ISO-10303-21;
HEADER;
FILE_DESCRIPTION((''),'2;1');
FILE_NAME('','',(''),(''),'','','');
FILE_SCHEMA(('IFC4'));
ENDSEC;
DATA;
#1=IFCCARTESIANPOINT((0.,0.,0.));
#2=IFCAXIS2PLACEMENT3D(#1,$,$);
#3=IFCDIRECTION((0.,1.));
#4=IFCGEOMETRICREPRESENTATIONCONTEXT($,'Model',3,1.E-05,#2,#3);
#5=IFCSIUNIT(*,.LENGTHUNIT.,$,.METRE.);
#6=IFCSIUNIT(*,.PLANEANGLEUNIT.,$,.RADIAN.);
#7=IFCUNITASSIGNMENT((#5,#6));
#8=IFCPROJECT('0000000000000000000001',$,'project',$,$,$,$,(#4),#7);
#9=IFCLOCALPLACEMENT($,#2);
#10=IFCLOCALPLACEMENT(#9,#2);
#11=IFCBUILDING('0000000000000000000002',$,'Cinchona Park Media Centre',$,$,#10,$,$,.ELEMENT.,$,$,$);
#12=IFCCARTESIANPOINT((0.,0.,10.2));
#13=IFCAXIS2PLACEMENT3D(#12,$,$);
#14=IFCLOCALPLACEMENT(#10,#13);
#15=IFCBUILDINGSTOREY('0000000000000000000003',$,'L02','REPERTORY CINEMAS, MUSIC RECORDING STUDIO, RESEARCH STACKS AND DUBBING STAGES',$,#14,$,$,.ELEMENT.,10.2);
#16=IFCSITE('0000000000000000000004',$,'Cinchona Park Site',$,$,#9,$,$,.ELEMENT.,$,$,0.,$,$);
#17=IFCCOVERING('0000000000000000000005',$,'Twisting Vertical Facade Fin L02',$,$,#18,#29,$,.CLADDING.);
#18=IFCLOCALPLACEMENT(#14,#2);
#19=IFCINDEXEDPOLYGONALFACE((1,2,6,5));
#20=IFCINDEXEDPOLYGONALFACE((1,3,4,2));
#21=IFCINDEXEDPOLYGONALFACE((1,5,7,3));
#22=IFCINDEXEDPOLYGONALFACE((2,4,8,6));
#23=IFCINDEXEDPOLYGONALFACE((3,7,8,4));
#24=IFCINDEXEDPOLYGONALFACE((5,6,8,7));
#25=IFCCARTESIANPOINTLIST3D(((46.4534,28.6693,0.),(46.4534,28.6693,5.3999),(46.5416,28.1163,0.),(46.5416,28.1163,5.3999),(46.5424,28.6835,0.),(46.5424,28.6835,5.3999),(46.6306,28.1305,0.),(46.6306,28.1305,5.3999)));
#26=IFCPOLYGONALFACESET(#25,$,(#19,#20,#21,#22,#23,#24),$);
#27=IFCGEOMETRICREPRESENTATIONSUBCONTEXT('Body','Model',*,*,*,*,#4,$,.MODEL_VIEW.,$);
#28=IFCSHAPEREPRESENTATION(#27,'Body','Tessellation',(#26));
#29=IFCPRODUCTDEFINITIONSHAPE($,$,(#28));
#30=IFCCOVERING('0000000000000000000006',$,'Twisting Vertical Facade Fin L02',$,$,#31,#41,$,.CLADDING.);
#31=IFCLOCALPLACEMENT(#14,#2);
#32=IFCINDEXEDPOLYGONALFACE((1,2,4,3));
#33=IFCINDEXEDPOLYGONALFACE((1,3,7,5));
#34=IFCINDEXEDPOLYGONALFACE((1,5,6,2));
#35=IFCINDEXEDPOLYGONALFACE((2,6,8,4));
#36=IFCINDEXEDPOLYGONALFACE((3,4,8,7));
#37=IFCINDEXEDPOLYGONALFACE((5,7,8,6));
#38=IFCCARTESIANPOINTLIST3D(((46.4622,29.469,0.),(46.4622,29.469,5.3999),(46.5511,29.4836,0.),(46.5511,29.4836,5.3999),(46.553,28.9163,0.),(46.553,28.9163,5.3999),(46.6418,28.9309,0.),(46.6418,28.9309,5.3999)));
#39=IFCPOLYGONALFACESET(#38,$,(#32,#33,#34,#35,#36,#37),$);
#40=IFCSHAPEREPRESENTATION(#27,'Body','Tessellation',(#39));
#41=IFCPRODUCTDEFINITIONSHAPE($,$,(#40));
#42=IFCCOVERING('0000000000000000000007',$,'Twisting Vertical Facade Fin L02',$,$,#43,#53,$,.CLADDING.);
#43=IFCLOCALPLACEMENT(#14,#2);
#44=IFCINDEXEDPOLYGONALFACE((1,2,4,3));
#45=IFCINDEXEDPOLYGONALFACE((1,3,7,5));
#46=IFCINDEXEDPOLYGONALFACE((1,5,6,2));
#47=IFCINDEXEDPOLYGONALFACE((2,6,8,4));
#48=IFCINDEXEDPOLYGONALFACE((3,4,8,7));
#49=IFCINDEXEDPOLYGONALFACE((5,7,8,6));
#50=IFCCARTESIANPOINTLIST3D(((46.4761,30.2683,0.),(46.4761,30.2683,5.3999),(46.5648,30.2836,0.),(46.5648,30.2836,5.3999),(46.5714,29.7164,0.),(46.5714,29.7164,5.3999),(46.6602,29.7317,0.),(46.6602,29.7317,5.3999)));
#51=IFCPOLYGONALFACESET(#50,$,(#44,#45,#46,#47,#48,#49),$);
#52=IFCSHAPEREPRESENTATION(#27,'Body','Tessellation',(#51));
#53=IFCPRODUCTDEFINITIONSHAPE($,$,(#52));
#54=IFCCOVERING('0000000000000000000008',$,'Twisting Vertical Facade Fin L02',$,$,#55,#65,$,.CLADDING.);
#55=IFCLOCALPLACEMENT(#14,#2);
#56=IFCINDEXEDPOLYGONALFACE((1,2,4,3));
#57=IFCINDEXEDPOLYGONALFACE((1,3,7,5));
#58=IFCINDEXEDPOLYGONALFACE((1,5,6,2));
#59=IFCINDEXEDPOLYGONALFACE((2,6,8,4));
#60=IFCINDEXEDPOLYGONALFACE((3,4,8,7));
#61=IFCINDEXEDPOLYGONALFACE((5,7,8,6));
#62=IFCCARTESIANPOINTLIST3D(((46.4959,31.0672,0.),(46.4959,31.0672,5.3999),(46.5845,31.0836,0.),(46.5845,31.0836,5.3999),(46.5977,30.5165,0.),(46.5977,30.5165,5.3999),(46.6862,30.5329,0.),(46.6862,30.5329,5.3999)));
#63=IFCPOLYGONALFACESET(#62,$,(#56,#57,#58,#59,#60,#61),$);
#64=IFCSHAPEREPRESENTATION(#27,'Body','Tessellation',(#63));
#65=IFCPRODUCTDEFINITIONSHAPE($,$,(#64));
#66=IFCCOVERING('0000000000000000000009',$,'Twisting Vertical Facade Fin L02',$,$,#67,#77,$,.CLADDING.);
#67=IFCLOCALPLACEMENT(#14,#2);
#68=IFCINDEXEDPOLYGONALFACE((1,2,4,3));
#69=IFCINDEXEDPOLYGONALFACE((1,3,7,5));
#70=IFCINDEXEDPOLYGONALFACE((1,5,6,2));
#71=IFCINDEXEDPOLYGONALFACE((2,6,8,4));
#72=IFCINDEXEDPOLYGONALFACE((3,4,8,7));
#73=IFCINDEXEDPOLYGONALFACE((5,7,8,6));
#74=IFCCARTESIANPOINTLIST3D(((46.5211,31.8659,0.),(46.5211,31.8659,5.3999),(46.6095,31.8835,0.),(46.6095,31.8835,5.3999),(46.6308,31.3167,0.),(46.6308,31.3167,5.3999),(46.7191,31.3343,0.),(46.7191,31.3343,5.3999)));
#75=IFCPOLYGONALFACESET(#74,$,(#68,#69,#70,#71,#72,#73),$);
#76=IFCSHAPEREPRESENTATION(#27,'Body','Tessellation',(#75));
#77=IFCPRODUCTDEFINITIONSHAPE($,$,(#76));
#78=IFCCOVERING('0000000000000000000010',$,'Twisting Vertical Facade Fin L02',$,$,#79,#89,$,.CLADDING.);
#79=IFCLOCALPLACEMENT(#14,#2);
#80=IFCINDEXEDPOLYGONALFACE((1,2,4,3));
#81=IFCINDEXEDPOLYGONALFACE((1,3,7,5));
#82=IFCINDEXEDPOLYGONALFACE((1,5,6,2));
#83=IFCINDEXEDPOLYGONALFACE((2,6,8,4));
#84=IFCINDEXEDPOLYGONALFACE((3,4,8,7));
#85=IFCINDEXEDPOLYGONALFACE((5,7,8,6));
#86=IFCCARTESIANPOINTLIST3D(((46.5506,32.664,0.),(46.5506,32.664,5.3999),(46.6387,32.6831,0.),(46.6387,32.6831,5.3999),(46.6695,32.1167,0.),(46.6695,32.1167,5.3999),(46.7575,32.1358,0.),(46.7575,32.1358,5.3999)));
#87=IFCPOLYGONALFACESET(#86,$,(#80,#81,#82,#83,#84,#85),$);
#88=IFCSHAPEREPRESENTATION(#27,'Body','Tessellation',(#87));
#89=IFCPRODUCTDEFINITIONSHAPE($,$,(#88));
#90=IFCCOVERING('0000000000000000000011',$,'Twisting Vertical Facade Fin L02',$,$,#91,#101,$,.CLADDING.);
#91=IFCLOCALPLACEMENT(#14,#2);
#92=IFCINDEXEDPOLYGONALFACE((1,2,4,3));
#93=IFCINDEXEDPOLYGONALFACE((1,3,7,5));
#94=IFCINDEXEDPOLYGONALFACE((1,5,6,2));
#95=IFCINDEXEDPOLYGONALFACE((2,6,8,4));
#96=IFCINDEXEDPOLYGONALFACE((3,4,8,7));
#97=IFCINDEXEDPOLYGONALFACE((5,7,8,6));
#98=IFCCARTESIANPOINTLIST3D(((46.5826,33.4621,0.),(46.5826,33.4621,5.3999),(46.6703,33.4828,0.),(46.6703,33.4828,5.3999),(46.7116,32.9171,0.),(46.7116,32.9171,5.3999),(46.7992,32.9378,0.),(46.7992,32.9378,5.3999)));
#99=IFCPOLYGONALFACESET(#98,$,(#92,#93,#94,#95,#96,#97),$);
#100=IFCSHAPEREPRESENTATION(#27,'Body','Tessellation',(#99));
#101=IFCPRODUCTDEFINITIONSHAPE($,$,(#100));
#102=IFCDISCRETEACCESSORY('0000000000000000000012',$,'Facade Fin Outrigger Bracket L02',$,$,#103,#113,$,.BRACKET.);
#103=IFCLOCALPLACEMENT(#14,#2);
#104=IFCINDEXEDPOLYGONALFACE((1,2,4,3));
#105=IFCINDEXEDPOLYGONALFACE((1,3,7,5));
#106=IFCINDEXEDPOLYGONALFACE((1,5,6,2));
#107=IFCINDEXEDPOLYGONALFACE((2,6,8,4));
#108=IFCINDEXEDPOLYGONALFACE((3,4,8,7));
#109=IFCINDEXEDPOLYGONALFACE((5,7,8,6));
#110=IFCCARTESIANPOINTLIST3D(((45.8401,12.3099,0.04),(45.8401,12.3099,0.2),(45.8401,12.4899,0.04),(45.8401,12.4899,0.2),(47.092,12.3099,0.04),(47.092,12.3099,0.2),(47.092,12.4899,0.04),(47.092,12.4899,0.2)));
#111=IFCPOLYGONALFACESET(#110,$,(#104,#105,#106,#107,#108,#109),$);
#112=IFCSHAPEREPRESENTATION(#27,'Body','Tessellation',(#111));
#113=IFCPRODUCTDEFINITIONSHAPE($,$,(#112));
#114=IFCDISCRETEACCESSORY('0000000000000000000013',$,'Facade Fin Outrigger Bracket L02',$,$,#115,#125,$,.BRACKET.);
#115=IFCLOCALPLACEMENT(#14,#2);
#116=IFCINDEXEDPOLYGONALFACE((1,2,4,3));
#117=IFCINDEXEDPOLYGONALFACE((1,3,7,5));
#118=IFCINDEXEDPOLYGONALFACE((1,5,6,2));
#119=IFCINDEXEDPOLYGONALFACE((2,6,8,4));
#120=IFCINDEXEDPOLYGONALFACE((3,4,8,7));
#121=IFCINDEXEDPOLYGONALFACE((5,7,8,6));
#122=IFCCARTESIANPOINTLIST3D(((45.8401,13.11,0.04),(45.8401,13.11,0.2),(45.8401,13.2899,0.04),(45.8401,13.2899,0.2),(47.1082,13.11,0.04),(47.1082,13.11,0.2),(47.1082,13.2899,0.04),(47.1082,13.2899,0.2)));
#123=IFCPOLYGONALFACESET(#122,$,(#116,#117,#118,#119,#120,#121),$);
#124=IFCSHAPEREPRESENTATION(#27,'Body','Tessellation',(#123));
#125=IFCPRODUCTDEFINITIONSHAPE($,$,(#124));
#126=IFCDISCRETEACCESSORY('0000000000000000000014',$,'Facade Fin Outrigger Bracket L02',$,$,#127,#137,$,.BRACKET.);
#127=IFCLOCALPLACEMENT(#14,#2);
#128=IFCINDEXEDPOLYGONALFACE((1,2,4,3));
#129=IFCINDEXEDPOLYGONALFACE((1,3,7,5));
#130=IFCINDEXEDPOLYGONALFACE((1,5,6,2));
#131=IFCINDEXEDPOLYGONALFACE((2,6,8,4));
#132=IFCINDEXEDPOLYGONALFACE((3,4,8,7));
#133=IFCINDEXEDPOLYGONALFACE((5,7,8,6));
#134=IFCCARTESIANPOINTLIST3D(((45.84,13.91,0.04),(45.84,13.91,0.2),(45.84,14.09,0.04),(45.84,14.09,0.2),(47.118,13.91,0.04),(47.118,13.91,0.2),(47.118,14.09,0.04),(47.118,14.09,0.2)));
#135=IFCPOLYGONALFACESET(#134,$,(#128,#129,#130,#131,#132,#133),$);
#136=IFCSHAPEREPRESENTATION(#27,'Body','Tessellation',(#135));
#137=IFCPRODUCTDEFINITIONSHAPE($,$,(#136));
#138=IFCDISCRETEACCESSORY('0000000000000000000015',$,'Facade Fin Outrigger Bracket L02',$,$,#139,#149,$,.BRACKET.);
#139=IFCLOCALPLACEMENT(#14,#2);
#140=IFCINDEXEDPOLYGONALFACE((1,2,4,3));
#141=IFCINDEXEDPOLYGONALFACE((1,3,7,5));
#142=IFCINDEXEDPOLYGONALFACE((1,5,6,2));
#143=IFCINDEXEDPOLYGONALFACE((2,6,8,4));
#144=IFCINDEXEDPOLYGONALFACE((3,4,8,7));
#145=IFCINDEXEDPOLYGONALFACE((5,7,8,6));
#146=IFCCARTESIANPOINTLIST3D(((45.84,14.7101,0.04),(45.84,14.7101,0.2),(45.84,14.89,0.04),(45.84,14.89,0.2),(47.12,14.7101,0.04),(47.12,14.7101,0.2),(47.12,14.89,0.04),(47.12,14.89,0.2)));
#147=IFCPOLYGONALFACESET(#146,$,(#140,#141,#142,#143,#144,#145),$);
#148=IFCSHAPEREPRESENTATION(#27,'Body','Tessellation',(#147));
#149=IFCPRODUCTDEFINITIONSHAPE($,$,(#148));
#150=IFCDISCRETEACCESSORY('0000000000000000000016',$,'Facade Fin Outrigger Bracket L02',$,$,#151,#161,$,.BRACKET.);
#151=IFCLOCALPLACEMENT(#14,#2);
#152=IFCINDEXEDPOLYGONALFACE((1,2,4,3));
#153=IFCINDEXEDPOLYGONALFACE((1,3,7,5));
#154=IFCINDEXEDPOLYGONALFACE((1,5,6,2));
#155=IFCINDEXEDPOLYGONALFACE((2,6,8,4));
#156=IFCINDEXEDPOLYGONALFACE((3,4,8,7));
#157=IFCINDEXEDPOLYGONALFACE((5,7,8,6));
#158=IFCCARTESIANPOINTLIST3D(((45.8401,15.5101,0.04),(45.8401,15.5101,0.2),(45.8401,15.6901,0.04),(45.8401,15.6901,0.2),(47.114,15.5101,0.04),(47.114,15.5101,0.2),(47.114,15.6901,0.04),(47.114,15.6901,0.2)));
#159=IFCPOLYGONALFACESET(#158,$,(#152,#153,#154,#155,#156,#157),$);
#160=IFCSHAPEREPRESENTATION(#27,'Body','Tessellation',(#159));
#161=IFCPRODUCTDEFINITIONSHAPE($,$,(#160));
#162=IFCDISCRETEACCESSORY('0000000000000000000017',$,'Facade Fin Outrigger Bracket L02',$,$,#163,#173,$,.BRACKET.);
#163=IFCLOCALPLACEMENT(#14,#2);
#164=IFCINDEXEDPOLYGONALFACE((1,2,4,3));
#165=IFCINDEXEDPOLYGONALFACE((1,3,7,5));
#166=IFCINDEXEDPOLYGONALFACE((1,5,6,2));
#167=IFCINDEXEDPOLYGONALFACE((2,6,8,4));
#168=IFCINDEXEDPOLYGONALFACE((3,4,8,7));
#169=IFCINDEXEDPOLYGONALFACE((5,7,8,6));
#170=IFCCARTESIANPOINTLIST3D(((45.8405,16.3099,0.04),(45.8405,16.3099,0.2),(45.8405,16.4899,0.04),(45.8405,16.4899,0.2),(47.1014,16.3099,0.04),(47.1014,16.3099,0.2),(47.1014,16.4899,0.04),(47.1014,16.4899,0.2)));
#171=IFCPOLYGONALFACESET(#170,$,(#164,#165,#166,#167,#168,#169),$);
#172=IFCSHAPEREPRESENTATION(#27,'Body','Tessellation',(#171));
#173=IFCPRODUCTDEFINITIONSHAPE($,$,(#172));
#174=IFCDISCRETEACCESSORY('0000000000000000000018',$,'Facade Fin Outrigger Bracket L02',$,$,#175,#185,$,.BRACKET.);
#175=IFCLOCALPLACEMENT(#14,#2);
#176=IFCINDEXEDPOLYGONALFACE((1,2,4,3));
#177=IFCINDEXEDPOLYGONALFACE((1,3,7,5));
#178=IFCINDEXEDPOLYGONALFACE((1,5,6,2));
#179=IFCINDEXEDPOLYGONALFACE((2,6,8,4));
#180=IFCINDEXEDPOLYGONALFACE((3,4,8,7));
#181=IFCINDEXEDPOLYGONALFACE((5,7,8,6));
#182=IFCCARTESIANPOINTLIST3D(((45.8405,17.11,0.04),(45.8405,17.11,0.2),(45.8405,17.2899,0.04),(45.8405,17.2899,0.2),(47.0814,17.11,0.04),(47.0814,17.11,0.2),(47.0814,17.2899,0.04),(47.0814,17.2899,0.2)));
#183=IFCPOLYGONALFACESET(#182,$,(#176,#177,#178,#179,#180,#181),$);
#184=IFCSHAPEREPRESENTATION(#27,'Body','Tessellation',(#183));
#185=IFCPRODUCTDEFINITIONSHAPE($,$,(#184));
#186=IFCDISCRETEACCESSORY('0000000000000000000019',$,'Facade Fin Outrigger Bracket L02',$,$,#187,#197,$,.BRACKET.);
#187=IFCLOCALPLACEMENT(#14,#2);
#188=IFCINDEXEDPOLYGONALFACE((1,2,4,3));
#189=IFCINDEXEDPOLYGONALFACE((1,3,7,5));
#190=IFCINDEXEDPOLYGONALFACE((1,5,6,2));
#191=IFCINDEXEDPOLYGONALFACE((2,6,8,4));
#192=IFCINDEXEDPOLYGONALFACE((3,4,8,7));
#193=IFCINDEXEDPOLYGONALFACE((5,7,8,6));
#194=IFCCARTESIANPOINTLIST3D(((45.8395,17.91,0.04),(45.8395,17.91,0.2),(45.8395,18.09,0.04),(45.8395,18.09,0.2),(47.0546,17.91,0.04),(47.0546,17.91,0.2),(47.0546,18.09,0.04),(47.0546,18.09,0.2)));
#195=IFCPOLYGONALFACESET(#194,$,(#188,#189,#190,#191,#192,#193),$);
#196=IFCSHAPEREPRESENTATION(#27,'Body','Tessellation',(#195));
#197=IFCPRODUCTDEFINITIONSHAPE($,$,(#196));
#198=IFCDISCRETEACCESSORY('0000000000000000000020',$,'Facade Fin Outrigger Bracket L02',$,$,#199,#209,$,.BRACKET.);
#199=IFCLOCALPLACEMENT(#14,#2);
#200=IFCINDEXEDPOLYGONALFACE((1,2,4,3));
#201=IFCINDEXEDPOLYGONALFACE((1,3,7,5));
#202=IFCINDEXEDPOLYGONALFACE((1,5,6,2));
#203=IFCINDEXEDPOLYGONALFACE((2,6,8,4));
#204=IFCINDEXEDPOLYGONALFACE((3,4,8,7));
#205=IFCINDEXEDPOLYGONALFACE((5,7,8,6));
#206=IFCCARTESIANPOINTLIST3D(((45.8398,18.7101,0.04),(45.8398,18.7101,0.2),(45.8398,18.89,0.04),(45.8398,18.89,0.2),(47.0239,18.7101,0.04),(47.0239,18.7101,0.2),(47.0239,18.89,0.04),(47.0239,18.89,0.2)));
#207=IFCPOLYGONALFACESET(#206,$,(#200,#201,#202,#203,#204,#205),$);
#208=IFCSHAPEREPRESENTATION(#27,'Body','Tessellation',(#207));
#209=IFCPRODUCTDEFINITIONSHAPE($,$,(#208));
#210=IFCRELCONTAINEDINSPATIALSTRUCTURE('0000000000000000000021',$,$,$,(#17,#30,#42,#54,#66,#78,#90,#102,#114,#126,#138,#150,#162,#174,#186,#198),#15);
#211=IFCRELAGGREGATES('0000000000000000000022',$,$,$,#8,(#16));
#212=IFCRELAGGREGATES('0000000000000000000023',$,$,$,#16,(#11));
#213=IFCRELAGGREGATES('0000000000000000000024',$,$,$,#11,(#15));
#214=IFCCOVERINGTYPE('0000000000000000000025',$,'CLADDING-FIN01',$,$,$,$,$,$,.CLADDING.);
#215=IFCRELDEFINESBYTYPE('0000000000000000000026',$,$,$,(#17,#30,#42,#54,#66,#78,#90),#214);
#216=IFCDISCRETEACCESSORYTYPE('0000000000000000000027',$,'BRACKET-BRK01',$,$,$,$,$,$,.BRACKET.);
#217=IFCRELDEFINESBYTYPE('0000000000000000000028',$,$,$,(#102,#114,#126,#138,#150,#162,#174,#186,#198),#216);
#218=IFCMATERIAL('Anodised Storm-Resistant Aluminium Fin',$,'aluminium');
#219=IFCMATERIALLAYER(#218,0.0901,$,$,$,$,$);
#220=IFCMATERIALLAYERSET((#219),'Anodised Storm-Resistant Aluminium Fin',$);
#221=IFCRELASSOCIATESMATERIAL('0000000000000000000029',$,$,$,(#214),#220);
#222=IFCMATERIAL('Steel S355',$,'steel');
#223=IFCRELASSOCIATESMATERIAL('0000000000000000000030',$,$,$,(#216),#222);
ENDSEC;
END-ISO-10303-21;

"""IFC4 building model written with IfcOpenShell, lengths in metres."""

from ifc_helpers import new_model, si_unit, direction, frame, origin, origin_2d, place, context, subcontext, project, spatial, rectangle, extrude, material, layer, layer_set, type_object, element, save


model = new_model("IFC4")

# Units and contexts
model_context = context("Model", 3, precision=1e-05, world=origin(), true_north=direction((0.0, 1.0)))
body_context = subcontext(model_context, "Body", "Model", "MODEL_VIEW")
ifc_project = project(units=[si_unit("LENGTHUNIT", "METRE"), si_unit("PLANEANGLEUNIT", "RADIAN")], contexts=[model_context])

# Site, building, storey
site_placement = place(None, origin())
site = spatial("IfcSite", under=ifc_project, at=site_placement, Name="Cinchona Park Site", CompositionType="ELEMENT", RefElevation=0.0)
building_placement = place(site_placement, origin())
building = spatial("IfcBuilding", under=site, at=building_placement, Name="Cinchona Park Media Centre", CompositionType="ELEMENT")
storey_placement = place(building_placement, frame((0.0, 0.0, 10.2)))
storey = spatial("IfcBuildingStorey", under=building, at=storey_placement, Name="L02", Description="REPERTORY CINEMAS, MUSIC RECORDING STUDIO, RESEARCH STACKS AND DUBBING STAGES", CompositionType="ELEMENT", Elevation=10.2)

# Coverings
ifc_material_1 = material(Name="Anodised Storm-Resistant Aluminium Fin", Category="aluminium")
ifc_layer = layer(ifc_material_1, 0.0901)
ifc_layer_set = layer_set([ifc_layer], Name="Anodised Storm-Resistant Aluminium Fin")
covering_type = type_object("IfcCoveringType", Name="CLADDING-FIN01", PredefinedType="CLADDING", material=ifc_layer_set)
for number, where, z_axis, x_axis, name in (
    (1, (46.542, 28.3999, 0.0), (0.0, 0.0, 1.0), (-0.157469, 0.987524, 0.0), "Twisting Vertical Facade Fin L02"),
    (2, (46.552, 29.2, 0.0), (0.0, 0.0, 1.0), (-0.162121, 0.986771, 0.0), "Twisting Vertical Facade Fin L02"),
    (3, (46.5681, 30.0, 0.0), (0.0, 0.0, 1.0), (-0.170209, 0.985408, 0.0), "Twisting Vertical Facade Fin L02"),
    (4, (46.5911, 30.8, 0.0), (0.0, 0.0, 1.0), (-0.181721, 0.98335, 0.0), "Twisting Vertical Facade Fin L02"),
    (5, (46.6201, 31.6001, 0.0), (0.0, 0.0, 1.0), (-0.195775, 0.980649, 0.0), "Twisting Vertical Facade Fin L02"),
    (6, (46.6541, 32.3999, 0.0), (0.0, 0.0, 1.0), (-0.212178, 0.977231, 0.0), "Twisting Vertical Facade Fin L02"),
    (7, (46.6909, 33.2, 0.0), (0.0, 0.0, 1.0), (-0.23022, 0.973139, 0.0), "Twisting Vertical Facade Fin L02"),
):
    element("IfcCovering", number, at=place(storey_placement, frame(where, z_axis=z_axis, x_axis=x_axis)), inside=storey, type_object=covering_type, Name=name, PredefinedType="CLADDING", context=body_context, shape_type="SweptSolid", body=[
        extrude(rectangle(XDim=0.5601, YDim=0.0901, at=origin_2d()), origin(), (0.0, 0.0, 1.0), 5.3999),
    ])

# Discrete accessories
ifc_material_2 = material(Name="Steel S355", Category="steel")
discrete_accessory_type = type_object("IfcDiscreteAccessoryType", Name="BRACKET-BRK01", PredefinedType="BRACKET", material=ifc_material_2)
discrete_accessory_1_placement = place(storey_placement, frame((46.4661, 12.3999, 0.04), z_axis=(0.0, 0.0, 1.0), x_axis=(0.0, 1.0, 0.0)))
element("IfcDiscreteAccessory", 8, at=discrete_accessory_1_placement, inside=storey, type_object=discrete_accessory_type, Name="Facade Fin Outrigger Bracket L02", PredefinedType="BRACKET", context=body_context, shape_type="SweptSolid", body=[
    extrude(rectangle(XDim=0.1799, YDim=1.252, at=origin_2d()), origin(), (0.0, 0.0, 1.0), 0.1599),
])
discrete_accessory_2_placement = place(storey_placement, frame((46.4741, 13.2, 0.04), z_axis=(0.0, 0.0, 1.0), x_axis=(0.0, 1.0, 0.0)))
element("IfcDiscreteAccessory", 9, at=discrete_accessory_2_placement, inside=storey, type_object=discrete_accessory_type, Name="Facade Fin Outrigger Bracket L02", PredefinedType="BRACKET", context=body_context, shape_type="SweptSolid", body=[
    extrude(rectangle(XDim=0.1799, YDim=1.2681, at=origin_2d()), origin(), (0.0, 0.0, 1.0), 0.1599),
])
discrete_accessory_3_placement = place(storey_placement, frame((46.479, 14.0, 0.04), z_axis=(0.0, 0.0, 1.0), x_axis=(0.0, 1.0, 0.0)))
element("IfcDiscreteAccessory", 10, at=discrete_accessory_3_placement, inside=storey, type_object=discrete_accessory_type, Name="Facade Fin Outrigger Bracket L02", PredefinedType="BRACKET", context=body_context, shape_type="SweptSolid", body=[
    extrude(rectangle(XDim=0.1799, YDim=1.2781, at=origin_2d()), origin(), (0.0, 0.0, 1.0), 0.1599),
])
discrete_accessory_4_placement = place(storey_placement, frame((46.48, 14.8, 0.04), z_axis=(0.0, 0.0, 1.0), x_axis=(0.0, 1.0, 0.0)))
element("IfcDiscreteAccessory", 11, at=discrete_accessory_4_placement, inside=storey, type_object=discrete_accessory_type, Name="Facade Fin Outrigger Bracket L02", PredefinedType="BRACKET", context=body_context, shape_type="SweptSolid", body=[
    extrude(rectangle(XDim=0.1799, YDim=1.28, at=origin_2d()), origin(), (0.0, 0.0, 1.0), 0.1599),
])
discrete_accessory_5_placement = place(storey_placement, frame((46.4771, 15.6001, 0.04), z_axis=(0.0, 0.0, 1.0), x_axis=(0.0, 1.0, 0.0)))
element("IfcDiscreteAccessory", 12, at=discrete_accessory_5_placement, inside=storey, type_object=discrete_accessory_type, Name="Facade Fin Outrigger Bracket L02", PredefinedType="BRACKET", context=body_context, shape_type="SweptSolid", body=[
    extrude(rectangle(XDim=0.1799, YDim=1.2739, at=origin_2d()), origin(), (0.0, 0.0, 1.0), 0.1599),
])
discrete_accessory_6_placement = place(storey_placement, frame((46.4709, 16.3999, 0.04), z_axis=(0.0, 0.0, 1.0), x_axis=(0.0, 1.0, 0.0)))
element("IfcDiscreteAccessory", 13, at=discrete_accessory_6_placement, inside=storey, type_object=discrete_accessory_type, Name="Facade Fin Outrigger Bracket L02", PredefinedType="BRACKET", context=body_context, shape_type="SweptSolid", body=[
    extrude(rectangle(XDim=0.1799, YDim=1.261, at=origin_2d()), origin(), (0.0, 0.0, 1.0), 0.1599),
])
discrete_accessory_7_placement = place(storey_placement, frame((46.4609, 17.2, 0.04), z_axis=(0.0, 0.0, 1.0), x_axis=(0.0, 1.0, 0.0)))
element("IfcDiscreteAccessory", 14, at=discrete_accessory_7_placement, inside=storey, type_object=discrete_accessory_type, Name="Facade Fin Outrigger Bracket L02", PredefinedType="BRACKET", context=body_context, shape_type="SweptSolid", body=[
    extrude(rectangle(XDim=0.1799, YDim=1.241, at=origin_2d()), origin(), (0.0, 0.0, 1.0), 0.1599),
])
discrete_accessory_8_placement = place(storey_placement, frame((46.447, 18.0, 0.04), z_axis=(0.0, 0.0, 1.0), x_axis=(0.0, 1.0, 0.0)))
element("IfcDiscreteAccessory", 15, at=discrete_accessory_8_placement, inside=storey, type_object=discrete_accessory_type, Name="Facade Fin Outrigger Bracket L02", PredefinedType="BRACKET", context=body_context, shape_type="SweptSolid", body=[
    extrude(rectangle(XDim=0.1799, YDim=1.2151, at=origin_2d()), origin(), (0.0, 0.0, 1.0), 0.1599),
])
discrete_accessory_9_placement = place(storey_placement, frame((46.4319, 18.8, 0.04), z_axis=(0.0, 0.0, 1.0), x_axis=(0.0, 1.0, 0.0)))
element("IfcDiscreteAccessory", 16, at=discrete_accessory_9_placement, inside=storey, type_object=discrete_accessory_type, Name="Facade Fin Outrigger Bracket L02", PredefinedType="BRACKET", context=body_context, shape_type="SweptSolid", body=[
    extrude(rectangle(XDim=0.1799, YDim=1.1841, at=origin_2d()), origin(), (0.0, 0.0, 1.0), 0.1599),
])

save(model, "model.ifc")
